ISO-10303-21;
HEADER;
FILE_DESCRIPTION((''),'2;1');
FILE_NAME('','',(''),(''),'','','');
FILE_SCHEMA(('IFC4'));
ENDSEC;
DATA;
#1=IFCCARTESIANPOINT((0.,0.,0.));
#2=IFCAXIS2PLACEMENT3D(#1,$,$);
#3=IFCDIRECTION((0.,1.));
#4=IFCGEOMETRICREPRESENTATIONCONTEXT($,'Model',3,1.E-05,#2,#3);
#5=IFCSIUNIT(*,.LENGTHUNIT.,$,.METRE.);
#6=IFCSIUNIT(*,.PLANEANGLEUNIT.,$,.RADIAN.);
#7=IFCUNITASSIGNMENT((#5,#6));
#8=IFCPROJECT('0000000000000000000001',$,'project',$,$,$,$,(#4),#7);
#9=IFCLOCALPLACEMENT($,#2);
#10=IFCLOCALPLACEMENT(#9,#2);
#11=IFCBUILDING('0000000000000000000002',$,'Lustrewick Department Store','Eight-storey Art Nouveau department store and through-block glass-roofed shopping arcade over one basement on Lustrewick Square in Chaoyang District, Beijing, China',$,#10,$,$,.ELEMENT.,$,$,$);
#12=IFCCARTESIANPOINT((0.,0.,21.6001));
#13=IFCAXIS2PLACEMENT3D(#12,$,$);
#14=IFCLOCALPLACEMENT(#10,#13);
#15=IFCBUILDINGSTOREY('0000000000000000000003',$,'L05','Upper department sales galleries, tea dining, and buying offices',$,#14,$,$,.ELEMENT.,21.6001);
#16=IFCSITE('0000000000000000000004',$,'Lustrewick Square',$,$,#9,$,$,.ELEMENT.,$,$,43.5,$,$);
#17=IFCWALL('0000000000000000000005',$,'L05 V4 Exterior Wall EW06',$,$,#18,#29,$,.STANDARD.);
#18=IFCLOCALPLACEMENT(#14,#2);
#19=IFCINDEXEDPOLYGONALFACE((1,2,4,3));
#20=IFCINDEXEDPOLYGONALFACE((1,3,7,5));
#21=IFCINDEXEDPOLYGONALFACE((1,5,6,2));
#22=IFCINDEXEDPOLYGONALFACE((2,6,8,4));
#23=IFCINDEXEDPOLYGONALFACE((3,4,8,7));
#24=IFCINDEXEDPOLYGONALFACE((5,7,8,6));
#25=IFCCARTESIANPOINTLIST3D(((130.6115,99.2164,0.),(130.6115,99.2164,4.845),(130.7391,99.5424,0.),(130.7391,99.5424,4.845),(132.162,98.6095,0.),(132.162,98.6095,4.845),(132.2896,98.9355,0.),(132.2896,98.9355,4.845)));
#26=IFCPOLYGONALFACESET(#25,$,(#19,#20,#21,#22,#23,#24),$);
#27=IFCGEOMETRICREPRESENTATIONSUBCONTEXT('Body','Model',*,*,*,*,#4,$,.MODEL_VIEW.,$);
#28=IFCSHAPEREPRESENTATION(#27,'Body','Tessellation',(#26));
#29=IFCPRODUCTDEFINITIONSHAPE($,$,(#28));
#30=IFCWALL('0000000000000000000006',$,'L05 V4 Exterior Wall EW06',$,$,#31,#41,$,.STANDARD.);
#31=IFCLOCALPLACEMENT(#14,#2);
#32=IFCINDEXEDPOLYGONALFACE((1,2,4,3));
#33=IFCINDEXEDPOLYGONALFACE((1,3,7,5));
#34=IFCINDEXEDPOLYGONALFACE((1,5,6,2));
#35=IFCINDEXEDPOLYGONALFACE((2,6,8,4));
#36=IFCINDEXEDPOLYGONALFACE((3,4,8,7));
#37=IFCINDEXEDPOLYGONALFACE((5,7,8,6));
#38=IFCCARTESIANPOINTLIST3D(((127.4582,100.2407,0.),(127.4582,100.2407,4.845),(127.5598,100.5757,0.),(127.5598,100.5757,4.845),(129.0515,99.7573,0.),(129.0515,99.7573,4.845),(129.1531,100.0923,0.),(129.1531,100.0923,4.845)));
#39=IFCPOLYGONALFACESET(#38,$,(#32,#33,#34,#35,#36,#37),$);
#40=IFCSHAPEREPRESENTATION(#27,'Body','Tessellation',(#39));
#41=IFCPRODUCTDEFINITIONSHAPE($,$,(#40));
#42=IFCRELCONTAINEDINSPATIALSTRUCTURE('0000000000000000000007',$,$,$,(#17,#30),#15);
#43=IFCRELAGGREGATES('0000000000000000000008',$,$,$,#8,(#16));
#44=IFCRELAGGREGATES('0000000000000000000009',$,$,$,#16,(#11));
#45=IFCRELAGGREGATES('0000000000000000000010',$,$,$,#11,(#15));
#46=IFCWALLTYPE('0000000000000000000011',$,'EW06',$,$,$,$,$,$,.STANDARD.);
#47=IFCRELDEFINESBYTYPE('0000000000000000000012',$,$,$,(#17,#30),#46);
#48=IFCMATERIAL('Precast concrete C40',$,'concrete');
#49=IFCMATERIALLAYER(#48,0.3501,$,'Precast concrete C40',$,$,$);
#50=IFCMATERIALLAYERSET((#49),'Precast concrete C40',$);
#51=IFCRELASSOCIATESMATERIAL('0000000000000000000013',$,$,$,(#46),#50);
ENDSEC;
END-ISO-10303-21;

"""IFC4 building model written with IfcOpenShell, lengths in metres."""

from ifc_helpers import new_model, si_unit, direction, frame, frame_2d, origin, place, context, subcontext, project, spatial, rectangle, extrude, material, layer, layer_set, type_object, element, save


model = new_model("IFC4")

# Units and contexts
model_context = context("Model", 3, precision=1e-05, world=origin(), true_north=direction((0.0, 1.0)))
body_context = subcontext(model_context, "Body", "Model", "MODEL_VIEW")
ifc_project = project(units=[si_unit("LENGTHUNIT", "METRE"), si_unit("PLANEANGLEUNIT", "RADIAN")], contexts=[model_context])

# Site, building, storey
site_placement = place(None, origin())
site = spatial("IfcSite", under=ifc_project, at=site_placement, Name="Lustrewick Square", CompositionType="ELEMENT", RefElevation=43.5)
building_placement = place(site_placement, origin())
building = spatial("IfcBuilding", under=site, at=building_placement, Name="Lustrewick Department Store", Description="Eight-storey Art Nouveau department store and through-block glass-roofed shopping arcade over one basement on Lustrewick Square in Chaoyang District, Beijing, China", CompositionType="ELEMENT")
storey_placement = place(building_placement, frame((0.0, 0.0, 21.6001)))
storey = spatial("IfcBuildingStorey", under=building, at=storey_placement, Name="L05", Description="Upper department sales galleries, tea dining, and buying offices", CompositionType="ELEMENT", Elevation=21.6001)

# Walls
ifc_material_1 = material(Name="Precast concrete C40", Category="concrete")
ifc_layer_1 = layer(ifc_material_1, 0.3501, Name="Precast concrete C40")
ifc_layer_set_1 = layer_set([ifc_layer_1], Name="Precast concrete C40")
wall_type = type_object("IfcWallType", Name="EW06", PredefinedType="STANDARD", material=ifc_layer_set_1)
for number, where, z_axis, x_axis, name in (
    (1, (132.2258, 98.7725, 0.0), (0.0, 0.0, 1.0), (-0.931202, 0.364504, 0.0), "L05 V4 Exterior Wall EW06"),
    (2, (129.1023, 99.9248, 0.0), (0.0, 0.0, 1.0), (-0.956926, 0.290333, 0.0), "L05 V4 Exterior Wall EW06"),
):
    element("IfcWall", number, at=place(storey_placement, frame(where, z_axis=z_axis, x_axis=x_axis)), inside=storey, type_object=wall_type, Name=name, PredefinedType="STANDARD", context=body_context, shape_type="SweptSolid", body=[
        extrude(rectangle(XDim=1.665, YDim=0.3501, at=frame_2d((0.8325, 0.0))), origin(), (0.0, 0.0, 1.0), 4.845),
    ])

save(model, "model.ifc")
